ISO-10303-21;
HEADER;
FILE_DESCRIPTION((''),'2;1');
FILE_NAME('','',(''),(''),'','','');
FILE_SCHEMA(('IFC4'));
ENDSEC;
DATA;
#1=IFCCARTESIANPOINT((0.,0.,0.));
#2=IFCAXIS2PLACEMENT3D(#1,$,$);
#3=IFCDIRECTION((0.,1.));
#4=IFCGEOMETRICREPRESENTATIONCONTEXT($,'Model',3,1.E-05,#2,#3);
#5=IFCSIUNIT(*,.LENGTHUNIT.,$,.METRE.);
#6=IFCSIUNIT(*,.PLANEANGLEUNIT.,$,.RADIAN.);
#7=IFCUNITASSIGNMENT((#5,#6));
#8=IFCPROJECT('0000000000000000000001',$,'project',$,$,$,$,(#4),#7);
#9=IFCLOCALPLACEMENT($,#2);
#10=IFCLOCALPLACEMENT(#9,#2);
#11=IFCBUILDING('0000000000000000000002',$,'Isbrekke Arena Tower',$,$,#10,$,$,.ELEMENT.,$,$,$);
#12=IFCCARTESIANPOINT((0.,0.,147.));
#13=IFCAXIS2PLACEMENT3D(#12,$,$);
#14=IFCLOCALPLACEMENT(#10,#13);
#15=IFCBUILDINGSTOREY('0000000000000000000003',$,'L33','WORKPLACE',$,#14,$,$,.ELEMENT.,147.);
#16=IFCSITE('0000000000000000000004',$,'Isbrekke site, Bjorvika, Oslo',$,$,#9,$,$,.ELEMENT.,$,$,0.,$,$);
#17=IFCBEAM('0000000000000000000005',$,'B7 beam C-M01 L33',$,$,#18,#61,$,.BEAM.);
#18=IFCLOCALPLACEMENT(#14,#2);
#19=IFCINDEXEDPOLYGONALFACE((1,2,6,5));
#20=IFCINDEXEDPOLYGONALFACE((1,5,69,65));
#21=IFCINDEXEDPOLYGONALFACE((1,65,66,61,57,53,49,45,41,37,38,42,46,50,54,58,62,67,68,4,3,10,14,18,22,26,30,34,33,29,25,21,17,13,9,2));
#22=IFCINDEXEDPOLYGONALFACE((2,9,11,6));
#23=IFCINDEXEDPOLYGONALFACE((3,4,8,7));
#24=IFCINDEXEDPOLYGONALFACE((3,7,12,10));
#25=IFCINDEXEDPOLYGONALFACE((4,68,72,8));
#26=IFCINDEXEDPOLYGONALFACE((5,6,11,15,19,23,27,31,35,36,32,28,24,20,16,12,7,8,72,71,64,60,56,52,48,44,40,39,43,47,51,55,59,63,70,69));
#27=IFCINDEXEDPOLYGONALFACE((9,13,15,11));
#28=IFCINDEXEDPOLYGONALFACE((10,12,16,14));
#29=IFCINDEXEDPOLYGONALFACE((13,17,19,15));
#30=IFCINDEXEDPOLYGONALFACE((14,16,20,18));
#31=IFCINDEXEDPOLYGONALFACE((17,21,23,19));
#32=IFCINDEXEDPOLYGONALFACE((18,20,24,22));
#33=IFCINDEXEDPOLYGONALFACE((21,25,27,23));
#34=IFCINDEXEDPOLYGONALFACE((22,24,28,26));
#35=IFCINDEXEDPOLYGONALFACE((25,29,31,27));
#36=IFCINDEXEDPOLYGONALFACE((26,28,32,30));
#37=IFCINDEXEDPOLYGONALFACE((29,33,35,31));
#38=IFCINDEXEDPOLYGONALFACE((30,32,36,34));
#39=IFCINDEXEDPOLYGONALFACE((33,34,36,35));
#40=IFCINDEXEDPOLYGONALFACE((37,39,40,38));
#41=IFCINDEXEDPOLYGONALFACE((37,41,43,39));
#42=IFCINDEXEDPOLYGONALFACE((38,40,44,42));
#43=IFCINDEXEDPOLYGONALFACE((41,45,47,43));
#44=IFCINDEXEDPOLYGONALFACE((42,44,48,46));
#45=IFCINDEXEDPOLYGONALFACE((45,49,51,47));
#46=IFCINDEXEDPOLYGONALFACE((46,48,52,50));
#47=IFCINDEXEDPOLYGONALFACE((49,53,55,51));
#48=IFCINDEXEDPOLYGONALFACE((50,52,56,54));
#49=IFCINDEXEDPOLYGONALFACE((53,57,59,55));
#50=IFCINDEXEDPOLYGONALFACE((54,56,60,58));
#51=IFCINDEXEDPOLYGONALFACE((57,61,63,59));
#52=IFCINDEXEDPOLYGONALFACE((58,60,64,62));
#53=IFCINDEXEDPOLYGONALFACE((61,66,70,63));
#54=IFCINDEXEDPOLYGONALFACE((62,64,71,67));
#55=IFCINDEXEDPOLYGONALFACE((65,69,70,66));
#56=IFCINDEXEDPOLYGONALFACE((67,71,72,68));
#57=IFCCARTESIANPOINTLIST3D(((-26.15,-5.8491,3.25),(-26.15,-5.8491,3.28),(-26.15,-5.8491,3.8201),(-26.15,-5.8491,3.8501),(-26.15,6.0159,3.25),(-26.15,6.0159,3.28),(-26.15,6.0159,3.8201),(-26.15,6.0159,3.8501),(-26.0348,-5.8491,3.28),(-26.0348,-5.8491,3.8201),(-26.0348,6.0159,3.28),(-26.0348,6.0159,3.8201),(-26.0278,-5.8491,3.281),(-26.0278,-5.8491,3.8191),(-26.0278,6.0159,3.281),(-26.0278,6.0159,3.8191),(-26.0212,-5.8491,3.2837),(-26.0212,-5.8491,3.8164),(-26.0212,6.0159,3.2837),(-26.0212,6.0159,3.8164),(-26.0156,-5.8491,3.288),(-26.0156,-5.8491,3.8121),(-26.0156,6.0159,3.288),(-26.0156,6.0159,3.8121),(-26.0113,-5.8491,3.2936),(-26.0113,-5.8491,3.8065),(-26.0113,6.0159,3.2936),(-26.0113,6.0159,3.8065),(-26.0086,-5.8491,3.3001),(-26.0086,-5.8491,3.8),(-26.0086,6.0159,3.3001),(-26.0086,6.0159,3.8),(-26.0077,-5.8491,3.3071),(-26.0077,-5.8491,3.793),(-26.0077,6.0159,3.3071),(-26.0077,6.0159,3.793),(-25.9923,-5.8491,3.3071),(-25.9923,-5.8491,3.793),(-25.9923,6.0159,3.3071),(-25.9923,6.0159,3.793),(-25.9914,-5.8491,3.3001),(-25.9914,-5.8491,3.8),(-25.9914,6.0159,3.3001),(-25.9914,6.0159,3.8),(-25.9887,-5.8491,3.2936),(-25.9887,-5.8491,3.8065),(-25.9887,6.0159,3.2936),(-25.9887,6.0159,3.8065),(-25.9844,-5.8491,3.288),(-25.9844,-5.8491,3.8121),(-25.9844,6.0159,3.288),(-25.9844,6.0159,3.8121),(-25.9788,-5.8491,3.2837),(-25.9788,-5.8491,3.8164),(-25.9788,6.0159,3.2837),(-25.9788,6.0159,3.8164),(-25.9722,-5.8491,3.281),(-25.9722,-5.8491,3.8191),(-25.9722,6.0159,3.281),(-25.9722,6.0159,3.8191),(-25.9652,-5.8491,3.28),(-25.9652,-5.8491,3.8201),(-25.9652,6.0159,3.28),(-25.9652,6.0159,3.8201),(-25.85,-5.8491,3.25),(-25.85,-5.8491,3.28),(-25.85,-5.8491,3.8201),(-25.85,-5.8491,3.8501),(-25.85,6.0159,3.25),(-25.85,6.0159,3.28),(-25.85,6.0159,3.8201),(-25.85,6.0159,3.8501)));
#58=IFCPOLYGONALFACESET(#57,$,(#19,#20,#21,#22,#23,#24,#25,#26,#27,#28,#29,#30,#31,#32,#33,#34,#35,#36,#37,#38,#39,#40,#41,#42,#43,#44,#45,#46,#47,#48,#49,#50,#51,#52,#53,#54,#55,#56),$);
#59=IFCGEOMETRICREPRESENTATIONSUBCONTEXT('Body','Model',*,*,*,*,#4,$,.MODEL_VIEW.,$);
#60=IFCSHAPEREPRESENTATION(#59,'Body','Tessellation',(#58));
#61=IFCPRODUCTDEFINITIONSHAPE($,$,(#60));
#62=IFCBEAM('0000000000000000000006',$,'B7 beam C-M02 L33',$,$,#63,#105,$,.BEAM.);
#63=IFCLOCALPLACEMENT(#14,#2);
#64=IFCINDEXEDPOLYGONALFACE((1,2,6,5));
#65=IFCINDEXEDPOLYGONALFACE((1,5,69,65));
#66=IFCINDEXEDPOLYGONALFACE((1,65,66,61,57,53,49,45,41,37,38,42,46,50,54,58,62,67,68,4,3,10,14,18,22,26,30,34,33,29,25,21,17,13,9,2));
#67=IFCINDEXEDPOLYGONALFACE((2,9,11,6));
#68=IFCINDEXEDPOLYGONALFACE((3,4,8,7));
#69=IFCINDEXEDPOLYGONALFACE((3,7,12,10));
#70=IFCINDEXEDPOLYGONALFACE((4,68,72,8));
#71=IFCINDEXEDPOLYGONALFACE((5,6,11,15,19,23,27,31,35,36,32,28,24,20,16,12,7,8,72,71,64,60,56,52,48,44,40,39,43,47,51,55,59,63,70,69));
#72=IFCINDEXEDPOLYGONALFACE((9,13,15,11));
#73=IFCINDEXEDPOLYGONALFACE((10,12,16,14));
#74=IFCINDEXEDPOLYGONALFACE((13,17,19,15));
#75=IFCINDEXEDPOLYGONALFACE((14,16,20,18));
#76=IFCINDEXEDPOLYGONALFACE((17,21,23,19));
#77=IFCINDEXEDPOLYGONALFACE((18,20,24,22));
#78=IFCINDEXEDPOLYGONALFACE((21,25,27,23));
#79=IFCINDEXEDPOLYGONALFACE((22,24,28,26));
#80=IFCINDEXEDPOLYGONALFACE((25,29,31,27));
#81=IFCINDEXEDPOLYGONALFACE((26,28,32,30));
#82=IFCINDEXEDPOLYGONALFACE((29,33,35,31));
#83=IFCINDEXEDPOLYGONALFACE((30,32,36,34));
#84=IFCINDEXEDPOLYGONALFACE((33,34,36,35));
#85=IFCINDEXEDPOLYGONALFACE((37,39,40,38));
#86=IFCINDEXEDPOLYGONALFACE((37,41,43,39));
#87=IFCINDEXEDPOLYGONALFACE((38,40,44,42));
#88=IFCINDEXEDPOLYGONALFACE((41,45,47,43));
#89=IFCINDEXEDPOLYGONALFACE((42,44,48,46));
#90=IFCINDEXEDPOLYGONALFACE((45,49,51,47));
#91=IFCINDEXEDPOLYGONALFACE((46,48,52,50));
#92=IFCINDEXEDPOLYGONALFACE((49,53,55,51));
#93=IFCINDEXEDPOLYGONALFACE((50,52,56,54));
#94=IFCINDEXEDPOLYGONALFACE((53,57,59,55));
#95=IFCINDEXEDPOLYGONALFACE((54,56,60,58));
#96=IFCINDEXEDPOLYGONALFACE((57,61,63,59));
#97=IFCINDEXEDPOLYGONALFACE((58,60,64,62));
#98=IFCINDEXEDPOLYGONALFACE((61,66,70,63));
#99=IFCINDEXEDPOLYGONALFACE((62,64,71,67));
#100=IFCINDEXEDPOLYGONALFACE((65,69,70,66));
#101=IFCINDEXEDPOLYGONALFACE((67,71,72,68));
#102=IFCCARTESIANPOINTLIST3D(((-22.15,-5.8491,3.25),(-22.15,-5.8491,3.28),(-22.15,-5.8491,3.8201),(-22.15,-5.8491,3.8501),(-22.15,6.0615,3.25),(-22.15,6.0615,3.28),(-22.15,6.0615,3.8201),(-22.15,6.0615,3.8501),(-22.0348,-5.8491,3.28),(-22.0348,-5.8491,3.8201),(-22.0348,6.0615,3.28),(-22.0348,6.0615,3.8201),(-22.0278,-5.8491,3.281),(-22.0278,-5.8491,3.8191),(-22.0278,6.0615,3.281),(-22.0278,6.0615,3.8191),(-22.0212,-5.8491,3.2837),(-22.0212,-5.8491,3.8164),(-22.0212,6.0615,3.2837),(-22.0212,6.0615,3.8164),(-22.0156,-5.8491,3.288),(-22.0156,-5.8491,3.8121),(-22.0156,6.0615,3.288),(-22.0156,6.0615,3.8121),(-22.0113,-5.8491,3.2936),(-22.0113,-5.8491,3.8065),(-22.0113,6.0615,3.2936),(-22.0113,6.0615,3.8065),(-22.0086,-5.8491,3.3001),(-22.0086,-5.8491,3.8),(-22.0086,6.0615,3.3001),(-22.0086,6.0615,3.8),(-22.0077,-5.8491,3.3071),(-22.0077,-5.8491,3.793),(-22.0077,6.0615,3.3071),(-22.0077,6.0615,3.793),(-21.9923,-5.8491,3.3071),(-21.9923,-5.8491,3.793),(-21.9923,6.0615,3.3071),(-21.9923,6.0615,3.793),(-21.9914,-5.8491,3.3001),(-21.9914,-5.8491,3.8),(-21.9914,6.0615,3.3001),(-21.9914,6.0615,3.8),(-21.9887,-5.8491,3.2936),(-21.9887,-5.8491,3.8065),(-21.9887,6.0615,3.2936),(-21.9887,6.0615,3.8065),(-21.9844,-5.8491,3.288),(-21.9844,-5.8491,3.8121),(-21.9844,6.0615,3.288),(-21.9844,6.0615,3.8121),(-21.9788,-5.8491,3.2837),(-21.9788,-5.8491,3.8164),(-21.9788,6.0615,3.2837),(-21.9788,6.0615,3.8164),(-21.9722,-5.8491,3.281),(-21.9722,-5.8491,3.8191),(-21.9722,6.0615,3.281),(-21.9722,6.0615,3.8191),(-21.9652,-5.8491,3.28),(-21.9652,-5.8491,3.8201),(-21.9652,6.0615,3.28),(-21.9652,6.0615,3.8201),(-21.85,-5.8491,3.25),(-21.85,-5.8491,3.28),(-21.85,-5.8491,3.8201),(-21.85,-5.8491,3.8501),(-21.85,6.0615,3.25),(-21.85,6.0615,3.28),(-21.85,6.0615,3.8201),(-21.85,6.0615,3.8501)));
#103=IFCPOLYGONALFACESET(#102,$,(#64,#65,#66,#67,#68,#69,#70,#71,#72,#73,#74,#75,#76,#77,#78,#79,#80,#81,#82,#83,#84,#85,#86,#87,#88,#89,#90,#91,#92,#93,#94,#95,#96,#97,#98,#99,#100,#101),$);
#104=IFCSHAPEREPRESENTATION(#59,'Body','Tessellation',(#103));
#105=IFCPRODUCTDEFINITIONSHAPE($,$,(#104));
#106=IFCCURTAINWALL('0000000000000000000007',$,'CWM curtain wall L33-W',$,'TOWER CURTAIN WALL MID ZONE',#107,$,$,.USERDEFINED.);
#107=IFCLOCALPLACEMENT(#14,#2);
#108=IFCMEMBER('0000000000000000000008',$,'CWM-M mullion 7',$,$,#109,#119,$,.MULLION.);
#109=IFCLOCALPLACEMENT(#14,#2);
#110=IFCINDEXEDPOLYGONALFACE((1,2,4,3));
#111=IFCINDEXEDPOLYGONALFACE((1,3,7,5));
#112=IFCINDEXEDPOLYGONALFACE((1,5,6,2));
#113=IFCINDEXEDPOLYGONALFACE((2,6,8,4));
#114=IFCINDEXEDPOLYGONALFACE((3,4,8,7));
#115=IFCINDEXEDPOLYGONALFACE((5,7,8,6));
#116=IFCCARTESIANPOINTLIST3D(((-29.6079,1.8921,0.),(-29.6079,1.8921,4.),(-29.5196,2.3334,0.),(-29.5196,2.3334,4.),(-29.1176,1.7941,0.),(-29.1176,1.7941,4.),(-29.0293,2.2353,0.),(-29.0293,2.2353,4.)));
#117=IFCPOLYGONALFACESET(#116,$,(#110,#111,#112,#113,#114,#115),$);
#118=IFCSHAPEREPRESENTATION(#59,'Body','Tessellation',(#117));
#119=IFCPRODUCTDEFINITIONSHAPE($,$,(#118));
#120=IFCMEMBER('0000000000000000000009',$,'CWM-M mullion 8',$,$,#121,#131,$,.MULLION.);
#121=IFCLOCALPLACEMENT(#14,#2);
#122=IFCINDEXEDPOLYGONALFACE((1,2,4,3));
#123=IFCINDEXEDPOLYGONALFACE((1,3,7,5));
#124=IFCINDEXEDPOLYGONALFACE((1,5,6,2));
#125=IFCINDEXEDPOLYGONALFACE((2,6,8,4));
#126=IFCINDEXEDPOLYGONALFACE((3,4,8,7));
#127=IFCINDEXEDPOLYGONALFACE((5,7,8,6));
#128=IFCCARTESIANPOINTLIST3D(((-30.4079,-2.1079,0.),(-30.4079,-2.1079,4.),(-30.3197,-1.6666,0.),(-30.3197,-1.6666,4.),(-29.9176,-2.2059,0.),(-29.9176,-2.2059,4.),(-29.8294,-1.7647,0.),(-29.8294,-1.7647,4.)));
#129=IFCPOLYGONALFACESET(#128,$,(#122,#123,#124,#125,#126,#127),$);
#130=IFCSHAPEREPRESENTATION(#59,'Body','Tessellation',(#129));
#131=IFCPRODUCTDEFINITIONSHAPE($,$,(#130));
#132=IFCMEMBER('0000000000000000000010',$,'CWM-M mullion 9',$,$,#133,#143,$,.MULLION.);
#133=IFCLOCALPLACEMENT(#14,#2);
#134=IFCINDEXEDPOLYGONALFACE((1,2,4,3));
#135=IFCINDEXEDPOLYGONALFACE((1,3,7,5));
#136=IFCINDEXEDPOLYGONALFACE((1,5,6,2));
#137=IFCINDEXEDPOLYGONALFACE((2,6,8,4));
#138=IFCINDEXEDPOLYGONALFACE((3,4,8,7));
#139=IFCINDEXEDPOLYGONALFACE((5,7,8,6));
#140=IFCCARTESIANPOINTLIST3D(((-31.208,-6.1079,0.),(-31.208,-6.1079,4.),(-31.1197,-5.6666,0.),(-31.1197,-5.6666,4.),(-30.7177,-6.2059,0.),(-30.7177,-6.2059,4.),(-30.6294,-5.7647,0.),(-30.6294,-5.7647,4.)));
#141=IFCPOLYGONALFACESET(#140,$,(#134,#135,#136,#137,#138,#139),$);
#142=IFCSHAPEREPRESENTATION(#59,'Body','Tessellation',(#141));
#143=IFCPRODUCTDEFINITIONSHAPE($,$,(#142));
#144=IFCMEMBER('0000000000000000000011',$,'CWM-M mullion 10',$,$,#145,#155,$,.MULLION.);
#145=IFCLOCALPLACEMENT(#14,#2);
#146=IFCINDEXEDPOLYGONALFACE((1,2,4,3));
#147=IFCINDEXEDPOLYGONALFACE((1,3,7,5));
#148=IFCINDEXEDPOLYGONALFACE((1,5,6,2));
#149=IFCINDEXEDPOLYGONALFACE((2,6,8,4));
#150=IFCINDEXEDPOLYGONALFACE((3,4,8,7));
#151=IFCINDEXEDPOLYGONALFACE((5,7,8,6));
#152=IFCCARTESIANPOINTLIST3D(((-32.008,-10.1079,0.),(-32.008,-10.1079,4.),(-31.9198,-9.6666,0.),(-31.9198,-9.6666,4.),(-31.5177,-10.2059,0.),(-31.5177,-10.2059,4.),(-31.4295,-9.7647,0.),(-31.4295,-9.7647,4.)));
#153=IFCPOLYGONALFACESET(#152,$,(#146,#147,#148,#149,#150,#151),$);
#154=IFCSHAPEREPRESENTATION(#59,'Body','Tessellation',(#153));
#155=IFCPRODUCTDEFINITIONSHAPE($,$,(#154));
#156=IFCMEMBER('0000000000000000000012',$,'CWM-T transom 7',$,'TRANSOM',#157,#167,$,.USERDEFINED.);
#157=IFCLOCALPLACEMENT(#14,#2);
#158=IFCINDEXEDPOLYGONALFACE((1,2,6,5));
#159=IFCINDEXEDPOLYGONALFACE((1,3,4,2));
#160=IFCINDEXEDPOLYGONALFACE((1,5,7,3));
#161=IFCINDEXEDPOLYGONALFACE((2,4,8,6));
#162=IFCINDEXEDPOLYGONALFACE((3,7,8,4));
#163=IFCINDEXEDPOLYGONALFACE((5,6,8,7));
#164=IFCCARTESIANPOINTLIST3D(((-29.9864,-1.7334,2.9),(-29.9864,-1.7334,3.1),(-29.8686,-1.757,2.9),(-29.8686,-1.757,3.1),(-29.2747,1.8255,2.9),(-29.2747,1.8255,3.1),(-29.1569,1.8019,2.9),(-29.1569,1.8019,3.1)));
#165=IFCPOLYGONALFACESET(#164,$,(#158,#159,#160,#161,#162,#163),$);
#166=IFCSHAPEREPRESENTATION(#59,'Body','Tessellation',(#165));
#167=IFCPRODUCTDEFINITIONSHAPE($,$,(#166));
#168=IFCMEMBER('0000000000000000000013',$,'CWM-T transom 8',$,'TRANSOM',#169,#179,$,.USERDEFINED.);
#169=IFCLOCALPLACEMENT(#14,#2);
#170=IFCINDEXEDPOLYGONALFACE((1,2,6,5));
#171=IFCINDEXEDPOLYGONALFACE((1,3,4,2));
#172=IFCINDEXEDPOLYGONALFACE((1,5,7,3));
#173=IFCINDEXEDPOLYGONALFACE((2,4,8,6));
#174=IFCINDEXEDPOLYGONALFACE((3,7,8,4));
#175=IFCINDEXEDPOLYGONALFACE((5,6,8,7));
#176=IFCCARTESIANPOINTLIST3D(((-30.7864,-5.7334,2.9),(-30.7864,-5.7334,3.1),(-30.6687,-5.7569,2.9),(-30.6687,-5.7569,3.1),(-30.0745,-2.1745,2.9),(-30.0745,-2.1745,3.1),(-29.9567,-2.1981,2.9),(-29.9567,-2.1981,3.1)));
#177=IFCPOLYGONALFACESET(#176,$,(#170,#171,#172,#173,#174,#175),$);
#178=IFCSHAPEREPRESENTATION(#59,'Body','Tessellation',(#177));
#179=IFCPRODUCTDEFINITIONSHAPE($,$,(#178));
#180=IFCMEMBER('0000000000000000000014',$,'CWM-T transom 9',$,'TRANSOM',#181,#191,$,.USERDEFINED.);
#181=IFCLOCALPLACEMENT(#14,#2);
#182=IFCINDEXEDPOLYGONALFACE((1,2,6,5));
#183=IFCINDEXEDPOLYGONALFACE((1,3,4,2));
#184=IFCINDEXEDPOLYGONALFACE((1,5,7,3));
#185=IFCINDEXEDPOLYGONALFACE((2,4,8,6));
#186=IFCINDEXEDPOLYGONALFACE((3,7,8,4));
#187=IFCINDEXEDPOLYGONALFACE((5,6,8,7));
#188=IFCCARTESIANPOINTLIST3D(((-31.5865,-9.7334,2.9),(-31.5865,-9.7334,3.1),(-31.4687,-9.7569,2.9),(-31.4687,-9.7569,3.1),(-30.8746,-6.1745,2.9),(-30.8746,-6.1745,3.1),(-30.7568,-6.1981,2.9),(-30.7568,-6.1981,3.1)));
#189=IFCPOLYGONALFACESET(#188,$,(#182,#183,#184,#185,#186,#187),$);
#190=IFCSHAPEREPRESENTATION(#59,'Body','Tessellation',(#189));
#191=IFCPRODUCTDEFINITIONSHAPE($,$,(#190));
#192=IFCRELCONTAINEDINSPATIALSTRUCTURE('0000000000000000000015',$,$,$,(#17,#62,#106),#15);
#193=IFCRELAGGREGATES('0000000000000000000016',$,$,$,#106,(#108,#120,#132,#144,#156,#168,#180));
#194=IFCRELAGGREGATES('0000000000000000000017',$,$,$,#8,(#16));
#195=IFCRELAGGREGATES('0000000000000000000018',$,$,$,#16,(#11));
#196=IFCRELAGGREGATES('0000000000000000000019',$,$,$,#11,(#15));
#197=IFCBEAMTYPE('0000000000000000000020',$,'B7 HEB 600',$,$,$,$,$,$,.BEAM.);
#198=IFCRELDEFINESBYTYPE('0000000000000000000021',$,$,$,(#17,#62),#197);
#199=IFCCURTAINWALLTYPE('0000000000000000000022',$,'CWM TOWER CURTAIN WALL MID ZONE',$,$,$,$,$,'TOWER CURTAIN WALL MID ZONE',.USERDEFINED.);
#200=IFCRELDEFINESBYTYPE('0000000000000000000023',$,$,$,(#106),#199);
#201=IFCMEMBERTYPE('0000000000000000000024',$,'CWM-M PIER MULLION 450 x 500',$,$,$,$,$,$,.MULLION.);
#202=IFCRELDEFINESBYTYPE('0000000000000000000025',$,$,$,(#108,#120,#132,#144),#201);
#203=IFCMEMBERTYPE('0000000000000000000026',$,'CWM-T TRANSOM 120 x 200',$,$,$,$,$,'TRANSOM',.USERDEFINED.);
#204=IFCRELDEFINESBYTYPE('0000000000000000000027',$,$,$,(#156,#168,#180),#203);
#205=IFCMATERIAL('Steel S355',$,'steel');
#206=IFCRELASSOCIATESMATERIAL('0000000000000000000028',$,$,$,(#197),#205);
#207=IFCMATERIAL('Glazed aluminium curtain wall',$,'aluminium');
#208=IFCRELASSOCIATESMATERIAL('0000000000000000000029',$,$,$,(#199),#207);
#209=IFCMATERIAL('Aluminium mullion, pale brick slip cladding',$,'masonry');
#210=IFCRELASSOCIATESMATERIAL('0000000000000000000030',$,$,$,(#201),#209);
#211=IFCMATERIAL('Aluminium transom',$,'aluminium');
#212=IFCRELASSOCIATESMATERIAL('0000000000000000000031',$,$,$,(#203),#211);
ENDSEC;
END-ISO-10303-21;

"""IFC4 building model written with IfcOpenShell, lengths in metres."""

from ifc_helpers import new_model, si_unit, direction, frame, origin, origin_2d, place, context, subcontext, project, spatial, rectangle, i_section, extrude, material, material_profile, profile_set, type_object, element, aggregate, save


model = new_model("IFC4")

# Units and contexts
model_context = context("Model", 3, precision=1e-05, world=origin(), true_north=direction((0.0, 1.0)))
body_context = subcontext(model_context, "Body", "Model", "MODEL_VIEW")
ifc_project = project(units=[si_unit("LENGTHUNIT", "METRE"), si_unit("PLANEANGLEUNIT", "RADIAN")], contexts=[model_context])

# Site, building, storey
site_placement = place(None, origin())
site = spatial("IfcSite", under=ifc_project, at=site_placement, Name="Isbrekke site, Bjorvika, Oslo", CompositionType="ELEMENT", RefElevation=0.0)
building_placement = place(site_placement, origin())
building = spatial("IfcBuilding", under=site, at=building_placement, Name="Isbrekke Arena Tower", CompositionType="ELEMENT")
storey_placement = place(building_placement, frame((0.0, 0.0, 147.0)))
storey = spatial("IfcBuildingStorey", under=building, at=storey_placement, Name="L33", Description="WORKPLACE", CompositionType="ELEMENT", Elevation=147.0)

# Beams
ifc_material_1 = material(Name="Steel S355", Category="steel")
ifc_material_profile_1 = material_profile(ifc_material_1, i_section(OverallWidth=0.3, OverallDepth=0.6001, WebThickness=0.0154, FlangeThickness=0.03, FilletRadius=0.0271, at=origin_2d()), Name="HEB 600")
ifc_profile_set_1 = profile_set([ifc_material_profile_1], Name="Steel S355")
beam_type_1 = type_object("IfcBeamType", Name="B7 HEB 600", PredefinedType="BEAM", material=ifc_profile_set_1)
beam_1_placement = place(storey_placement, frame((-26.0, -5.8491, 3.55), z_axis=(0.0, 1.0, 0.0), x_axis=(-1.0, 0.0, 0.0)))
element("IfcBeam", 1, at=beam_1_placement, inside=storey, type_object=beam_type_1, Name="B7 beam C-M01 L33", PredefinedType="BEAM", context=body_context, shape_type="SweptSolid", body=[
    extrude(i_section(OverallWidth=0.3, OverallDepth=0.6001, WebThickness=0.0154, FlangeThickness=0.03, FilletRadius=0.0271, at=origin_2d()), origin(), (0.0, 0.0, 1.0), 11.865),
])
beam_2_placement = place(storey_placement, frame((-22.0, -5.8491, 3.55), z_axis=(0.0, 1.0, 0.0), x_axis=(-1.0, 0.0, 0.0)))
element("IfcBeam", 2, at=beam_2_placement, inside=storey, type_object=beam_type_1, Name="B7 beam C-M02 L33", PredefinedType="BEAM", context=body_context, shape_type="SweptSolid", body=[
    extrude(i_section(OverallWidth=0.3, OverallDepth=0.6001, WebThickness=0.0154, FlangeThickness=0.03, FilletRadius=0.0271, at=origin_2d()), origin(), (0.0, 0.0, 1.0), 11.9106),
])

# Curtain wall, members
ifc_material_2 = material(Name="Glazed aluminium curtain wall", Category="aluminium")
curtain_wall_type = type_object("IfcCurtainWallType", Name="CWM TOWER CURTAIN WALL MID ZONE", ElementType="TOWER CURTAIN WALL MID ZONE", PredefinedType="USERDEFINED", material=ifc_material_2)
curtain_wall_placement = place(storey_placement, origin())
curtain_wall = element("IfcCurtainWall", 3, at=curtain_wall_placement, inside=storey, type_object=curtain_wall_type, Name="CWM curtain wall L33-W", ObjectType="TOWER CURTAIN WALL MID ZONE", PredefinedType="USERDEFINED")
ifc_material_3 = material(Name="Aluminium mullion, pale brick slip cladding", Category="masonry")
ifc_material_profile_2 = material_profile(ifc_material_3, rectangle(XDim=0.45, YDim=0.5, at=origin_2d()), Name="PIER 450X500")
ifc_profile_set_2 = profile_set([ifc_material_profile_2], Name="Aluminium mullion, pale brick slip cladding")
member_type_1 = type_object("IfcMemberType", Name="CWM-M PIER MULLION 450 x 500", PredefinedType="MULLION", material=ifc_profile_set_2)
member_1_placement = place(storey_placement, frame((-29.3186, 2.0637, 0.0), z_axis=(0.0, 0.0, 1.0), x_axis=(-0.196116, -0.980581, 0.0)))
member_1 = element("IfcMember", 4, at=member_1_placement, type_object=member_type_1, Name="CWM-M mullion 7", PredefinedType="MULLION", context=body_context, shape_type="SweptSolid", body=[
    extrude(rectangle(XDim=0.45, YDim=0.5, at=origin_2d()), origin(), (0.0, 0.0, 1.0), 4.0),
])
member_2_placement = place(storey_placement, frame((-30.1187, -1.9363, 0.0), z_axis=(0.0, 0.0, 1.0), x_axis=(-0.196116, -0.980581, 0.0)))
member_2 = element("IfcMember", 5, at=member_2_placement, type_object=member_type_1, Name="CWM-M mullion 8", PredefinedType="MULLION", context=body_context, shape_type="SweptSolid", body=[
    extrude(rectangle(XDim=0.45, YDim=0.5, at=origin_2d()), origin(), (0.0, 0.0, 1.0), 4.0),
])
member_3_placement = place(storey_placement, frame((-30.9187, -5.9363, 0.0), z_axis=(0.0, 0.0, 1.0), x_axis=(-0.196116, -0.980581, 0.0)))
member_3 = element("IfcMember", 6, at=member_3_placement, type_object=member_type_1, Name="CWM-M mullion 9", PredefinedType="MULLION", context=body_context, shape_type="SweptSolid", body=[
    extrude(rectangle(XDim=0.45, YDim=0.5, at=origin_2d()), origin(), (0.0, 0.0, 1.0), 4.0),
])
member_4_placement = place(storey_placement, frame((-31.7188, -9.9363, 0.0), z_axis=(0.0, 0.0, 1.0), x_axis=(-0.196116, -0.980581, 0.0)))
member_4 = element("IfcMember", 7, at=member_4_placement, type_object=member_type_1, Name="CWM-M mullion 10", PredefinedType="MULLION", context=body_context, shape_type="SweptSolid", body=[
    extrude(rectangle(XDim=0.45, YDim=0.5, at=origin_2d()), origin(), (0.0, 0.0, 1.0), 4.0),
])
ifc_material_4 = material(Name="Aluminium transom", Category="aluminium")
ifc_material_profile_3 = material_profile(ifc_material_4, rectangle(XDim=0.1201, YDim=0.2, at=origin_2d()), Name="TRANSOM 120X200")
ifc_profile_set_3 = profile_set([ifc_material_profile_3], Name="Aluminium transom")
member_type_2 = type_object("IfcMemberType", Name="CWM-T TRANSOM 120 x 200", ElementType="TRANSOM", PredefinedType="USERDEFINED", material=ifc_profile_set_3)
member_5_placement = place(storey_placement, frame((-29.2158, 1.8137, 3.0), z_axis=(-0.19609, -0.980586, 0.0), x_axis=(0.980586, -0.19609, 0.0)))
member_5 = element("IfcMember", 8, at=member_5_placement, type_object=member_type_2, Name="CWM-T transom 7", ObjectType="TRANSOM", PredefinedType="USERDEFINED", context=body_context, shape_type="SweptSolid", body=[
    extrude(rectangle(XDim=0.1201, YDim=0.2, at=origin_2d()), origin(), (0.0, 0.0, 1.0), 3.6294),
])
member_6_placement = place(storey_placement, frame((-30.0156, -2.1863, 3.0), z_axis=(-0.196155, -0.980573, 0.0), x_axis=(0.980573, -0.196155, 0.0)))
member_6 = element("IfcMember", 9, at=member_6_placement, type_object=member_type_2, Name="CWM-T transom 8", ObjectType="TRANSOM", PredefinedType="USERDEFINED", context=body_context, shape_type="SweptSolid", body=[
    extrude(rectangle(XDim=0.1201, YDim=0.2, at=origin_2d()), origin(), (0.0, 0.0, 1.0), 3.6294),
])
member_7_placement = place(storey_placement, frame((-30.8157, -6.1863, 3.0), z_axis=(-0.196155, -0.980573, 0.0), x_axis=(0.980573, -0.196155, 0.0)))
member_7 = element("IfcMember", 10, at=member_7_placement, type_object=member_type_2, Name="CWM-T transom 9", ObjectType="TRANSOM", PredefinedType="USERDEFINED", context=body_context, shape_type="SweptSolid", body=[
    extrude(rectangle(XDim=0.1201, YDim=0.2, at=origin_2d()), origin(), (0.0, 0.0, 1.0), 3.6294),
])

aggregate(curtain_wall, [member_1, member_2, member_3, member_4, member_5, member_6, member_7])

save(model, "model.ifc")
